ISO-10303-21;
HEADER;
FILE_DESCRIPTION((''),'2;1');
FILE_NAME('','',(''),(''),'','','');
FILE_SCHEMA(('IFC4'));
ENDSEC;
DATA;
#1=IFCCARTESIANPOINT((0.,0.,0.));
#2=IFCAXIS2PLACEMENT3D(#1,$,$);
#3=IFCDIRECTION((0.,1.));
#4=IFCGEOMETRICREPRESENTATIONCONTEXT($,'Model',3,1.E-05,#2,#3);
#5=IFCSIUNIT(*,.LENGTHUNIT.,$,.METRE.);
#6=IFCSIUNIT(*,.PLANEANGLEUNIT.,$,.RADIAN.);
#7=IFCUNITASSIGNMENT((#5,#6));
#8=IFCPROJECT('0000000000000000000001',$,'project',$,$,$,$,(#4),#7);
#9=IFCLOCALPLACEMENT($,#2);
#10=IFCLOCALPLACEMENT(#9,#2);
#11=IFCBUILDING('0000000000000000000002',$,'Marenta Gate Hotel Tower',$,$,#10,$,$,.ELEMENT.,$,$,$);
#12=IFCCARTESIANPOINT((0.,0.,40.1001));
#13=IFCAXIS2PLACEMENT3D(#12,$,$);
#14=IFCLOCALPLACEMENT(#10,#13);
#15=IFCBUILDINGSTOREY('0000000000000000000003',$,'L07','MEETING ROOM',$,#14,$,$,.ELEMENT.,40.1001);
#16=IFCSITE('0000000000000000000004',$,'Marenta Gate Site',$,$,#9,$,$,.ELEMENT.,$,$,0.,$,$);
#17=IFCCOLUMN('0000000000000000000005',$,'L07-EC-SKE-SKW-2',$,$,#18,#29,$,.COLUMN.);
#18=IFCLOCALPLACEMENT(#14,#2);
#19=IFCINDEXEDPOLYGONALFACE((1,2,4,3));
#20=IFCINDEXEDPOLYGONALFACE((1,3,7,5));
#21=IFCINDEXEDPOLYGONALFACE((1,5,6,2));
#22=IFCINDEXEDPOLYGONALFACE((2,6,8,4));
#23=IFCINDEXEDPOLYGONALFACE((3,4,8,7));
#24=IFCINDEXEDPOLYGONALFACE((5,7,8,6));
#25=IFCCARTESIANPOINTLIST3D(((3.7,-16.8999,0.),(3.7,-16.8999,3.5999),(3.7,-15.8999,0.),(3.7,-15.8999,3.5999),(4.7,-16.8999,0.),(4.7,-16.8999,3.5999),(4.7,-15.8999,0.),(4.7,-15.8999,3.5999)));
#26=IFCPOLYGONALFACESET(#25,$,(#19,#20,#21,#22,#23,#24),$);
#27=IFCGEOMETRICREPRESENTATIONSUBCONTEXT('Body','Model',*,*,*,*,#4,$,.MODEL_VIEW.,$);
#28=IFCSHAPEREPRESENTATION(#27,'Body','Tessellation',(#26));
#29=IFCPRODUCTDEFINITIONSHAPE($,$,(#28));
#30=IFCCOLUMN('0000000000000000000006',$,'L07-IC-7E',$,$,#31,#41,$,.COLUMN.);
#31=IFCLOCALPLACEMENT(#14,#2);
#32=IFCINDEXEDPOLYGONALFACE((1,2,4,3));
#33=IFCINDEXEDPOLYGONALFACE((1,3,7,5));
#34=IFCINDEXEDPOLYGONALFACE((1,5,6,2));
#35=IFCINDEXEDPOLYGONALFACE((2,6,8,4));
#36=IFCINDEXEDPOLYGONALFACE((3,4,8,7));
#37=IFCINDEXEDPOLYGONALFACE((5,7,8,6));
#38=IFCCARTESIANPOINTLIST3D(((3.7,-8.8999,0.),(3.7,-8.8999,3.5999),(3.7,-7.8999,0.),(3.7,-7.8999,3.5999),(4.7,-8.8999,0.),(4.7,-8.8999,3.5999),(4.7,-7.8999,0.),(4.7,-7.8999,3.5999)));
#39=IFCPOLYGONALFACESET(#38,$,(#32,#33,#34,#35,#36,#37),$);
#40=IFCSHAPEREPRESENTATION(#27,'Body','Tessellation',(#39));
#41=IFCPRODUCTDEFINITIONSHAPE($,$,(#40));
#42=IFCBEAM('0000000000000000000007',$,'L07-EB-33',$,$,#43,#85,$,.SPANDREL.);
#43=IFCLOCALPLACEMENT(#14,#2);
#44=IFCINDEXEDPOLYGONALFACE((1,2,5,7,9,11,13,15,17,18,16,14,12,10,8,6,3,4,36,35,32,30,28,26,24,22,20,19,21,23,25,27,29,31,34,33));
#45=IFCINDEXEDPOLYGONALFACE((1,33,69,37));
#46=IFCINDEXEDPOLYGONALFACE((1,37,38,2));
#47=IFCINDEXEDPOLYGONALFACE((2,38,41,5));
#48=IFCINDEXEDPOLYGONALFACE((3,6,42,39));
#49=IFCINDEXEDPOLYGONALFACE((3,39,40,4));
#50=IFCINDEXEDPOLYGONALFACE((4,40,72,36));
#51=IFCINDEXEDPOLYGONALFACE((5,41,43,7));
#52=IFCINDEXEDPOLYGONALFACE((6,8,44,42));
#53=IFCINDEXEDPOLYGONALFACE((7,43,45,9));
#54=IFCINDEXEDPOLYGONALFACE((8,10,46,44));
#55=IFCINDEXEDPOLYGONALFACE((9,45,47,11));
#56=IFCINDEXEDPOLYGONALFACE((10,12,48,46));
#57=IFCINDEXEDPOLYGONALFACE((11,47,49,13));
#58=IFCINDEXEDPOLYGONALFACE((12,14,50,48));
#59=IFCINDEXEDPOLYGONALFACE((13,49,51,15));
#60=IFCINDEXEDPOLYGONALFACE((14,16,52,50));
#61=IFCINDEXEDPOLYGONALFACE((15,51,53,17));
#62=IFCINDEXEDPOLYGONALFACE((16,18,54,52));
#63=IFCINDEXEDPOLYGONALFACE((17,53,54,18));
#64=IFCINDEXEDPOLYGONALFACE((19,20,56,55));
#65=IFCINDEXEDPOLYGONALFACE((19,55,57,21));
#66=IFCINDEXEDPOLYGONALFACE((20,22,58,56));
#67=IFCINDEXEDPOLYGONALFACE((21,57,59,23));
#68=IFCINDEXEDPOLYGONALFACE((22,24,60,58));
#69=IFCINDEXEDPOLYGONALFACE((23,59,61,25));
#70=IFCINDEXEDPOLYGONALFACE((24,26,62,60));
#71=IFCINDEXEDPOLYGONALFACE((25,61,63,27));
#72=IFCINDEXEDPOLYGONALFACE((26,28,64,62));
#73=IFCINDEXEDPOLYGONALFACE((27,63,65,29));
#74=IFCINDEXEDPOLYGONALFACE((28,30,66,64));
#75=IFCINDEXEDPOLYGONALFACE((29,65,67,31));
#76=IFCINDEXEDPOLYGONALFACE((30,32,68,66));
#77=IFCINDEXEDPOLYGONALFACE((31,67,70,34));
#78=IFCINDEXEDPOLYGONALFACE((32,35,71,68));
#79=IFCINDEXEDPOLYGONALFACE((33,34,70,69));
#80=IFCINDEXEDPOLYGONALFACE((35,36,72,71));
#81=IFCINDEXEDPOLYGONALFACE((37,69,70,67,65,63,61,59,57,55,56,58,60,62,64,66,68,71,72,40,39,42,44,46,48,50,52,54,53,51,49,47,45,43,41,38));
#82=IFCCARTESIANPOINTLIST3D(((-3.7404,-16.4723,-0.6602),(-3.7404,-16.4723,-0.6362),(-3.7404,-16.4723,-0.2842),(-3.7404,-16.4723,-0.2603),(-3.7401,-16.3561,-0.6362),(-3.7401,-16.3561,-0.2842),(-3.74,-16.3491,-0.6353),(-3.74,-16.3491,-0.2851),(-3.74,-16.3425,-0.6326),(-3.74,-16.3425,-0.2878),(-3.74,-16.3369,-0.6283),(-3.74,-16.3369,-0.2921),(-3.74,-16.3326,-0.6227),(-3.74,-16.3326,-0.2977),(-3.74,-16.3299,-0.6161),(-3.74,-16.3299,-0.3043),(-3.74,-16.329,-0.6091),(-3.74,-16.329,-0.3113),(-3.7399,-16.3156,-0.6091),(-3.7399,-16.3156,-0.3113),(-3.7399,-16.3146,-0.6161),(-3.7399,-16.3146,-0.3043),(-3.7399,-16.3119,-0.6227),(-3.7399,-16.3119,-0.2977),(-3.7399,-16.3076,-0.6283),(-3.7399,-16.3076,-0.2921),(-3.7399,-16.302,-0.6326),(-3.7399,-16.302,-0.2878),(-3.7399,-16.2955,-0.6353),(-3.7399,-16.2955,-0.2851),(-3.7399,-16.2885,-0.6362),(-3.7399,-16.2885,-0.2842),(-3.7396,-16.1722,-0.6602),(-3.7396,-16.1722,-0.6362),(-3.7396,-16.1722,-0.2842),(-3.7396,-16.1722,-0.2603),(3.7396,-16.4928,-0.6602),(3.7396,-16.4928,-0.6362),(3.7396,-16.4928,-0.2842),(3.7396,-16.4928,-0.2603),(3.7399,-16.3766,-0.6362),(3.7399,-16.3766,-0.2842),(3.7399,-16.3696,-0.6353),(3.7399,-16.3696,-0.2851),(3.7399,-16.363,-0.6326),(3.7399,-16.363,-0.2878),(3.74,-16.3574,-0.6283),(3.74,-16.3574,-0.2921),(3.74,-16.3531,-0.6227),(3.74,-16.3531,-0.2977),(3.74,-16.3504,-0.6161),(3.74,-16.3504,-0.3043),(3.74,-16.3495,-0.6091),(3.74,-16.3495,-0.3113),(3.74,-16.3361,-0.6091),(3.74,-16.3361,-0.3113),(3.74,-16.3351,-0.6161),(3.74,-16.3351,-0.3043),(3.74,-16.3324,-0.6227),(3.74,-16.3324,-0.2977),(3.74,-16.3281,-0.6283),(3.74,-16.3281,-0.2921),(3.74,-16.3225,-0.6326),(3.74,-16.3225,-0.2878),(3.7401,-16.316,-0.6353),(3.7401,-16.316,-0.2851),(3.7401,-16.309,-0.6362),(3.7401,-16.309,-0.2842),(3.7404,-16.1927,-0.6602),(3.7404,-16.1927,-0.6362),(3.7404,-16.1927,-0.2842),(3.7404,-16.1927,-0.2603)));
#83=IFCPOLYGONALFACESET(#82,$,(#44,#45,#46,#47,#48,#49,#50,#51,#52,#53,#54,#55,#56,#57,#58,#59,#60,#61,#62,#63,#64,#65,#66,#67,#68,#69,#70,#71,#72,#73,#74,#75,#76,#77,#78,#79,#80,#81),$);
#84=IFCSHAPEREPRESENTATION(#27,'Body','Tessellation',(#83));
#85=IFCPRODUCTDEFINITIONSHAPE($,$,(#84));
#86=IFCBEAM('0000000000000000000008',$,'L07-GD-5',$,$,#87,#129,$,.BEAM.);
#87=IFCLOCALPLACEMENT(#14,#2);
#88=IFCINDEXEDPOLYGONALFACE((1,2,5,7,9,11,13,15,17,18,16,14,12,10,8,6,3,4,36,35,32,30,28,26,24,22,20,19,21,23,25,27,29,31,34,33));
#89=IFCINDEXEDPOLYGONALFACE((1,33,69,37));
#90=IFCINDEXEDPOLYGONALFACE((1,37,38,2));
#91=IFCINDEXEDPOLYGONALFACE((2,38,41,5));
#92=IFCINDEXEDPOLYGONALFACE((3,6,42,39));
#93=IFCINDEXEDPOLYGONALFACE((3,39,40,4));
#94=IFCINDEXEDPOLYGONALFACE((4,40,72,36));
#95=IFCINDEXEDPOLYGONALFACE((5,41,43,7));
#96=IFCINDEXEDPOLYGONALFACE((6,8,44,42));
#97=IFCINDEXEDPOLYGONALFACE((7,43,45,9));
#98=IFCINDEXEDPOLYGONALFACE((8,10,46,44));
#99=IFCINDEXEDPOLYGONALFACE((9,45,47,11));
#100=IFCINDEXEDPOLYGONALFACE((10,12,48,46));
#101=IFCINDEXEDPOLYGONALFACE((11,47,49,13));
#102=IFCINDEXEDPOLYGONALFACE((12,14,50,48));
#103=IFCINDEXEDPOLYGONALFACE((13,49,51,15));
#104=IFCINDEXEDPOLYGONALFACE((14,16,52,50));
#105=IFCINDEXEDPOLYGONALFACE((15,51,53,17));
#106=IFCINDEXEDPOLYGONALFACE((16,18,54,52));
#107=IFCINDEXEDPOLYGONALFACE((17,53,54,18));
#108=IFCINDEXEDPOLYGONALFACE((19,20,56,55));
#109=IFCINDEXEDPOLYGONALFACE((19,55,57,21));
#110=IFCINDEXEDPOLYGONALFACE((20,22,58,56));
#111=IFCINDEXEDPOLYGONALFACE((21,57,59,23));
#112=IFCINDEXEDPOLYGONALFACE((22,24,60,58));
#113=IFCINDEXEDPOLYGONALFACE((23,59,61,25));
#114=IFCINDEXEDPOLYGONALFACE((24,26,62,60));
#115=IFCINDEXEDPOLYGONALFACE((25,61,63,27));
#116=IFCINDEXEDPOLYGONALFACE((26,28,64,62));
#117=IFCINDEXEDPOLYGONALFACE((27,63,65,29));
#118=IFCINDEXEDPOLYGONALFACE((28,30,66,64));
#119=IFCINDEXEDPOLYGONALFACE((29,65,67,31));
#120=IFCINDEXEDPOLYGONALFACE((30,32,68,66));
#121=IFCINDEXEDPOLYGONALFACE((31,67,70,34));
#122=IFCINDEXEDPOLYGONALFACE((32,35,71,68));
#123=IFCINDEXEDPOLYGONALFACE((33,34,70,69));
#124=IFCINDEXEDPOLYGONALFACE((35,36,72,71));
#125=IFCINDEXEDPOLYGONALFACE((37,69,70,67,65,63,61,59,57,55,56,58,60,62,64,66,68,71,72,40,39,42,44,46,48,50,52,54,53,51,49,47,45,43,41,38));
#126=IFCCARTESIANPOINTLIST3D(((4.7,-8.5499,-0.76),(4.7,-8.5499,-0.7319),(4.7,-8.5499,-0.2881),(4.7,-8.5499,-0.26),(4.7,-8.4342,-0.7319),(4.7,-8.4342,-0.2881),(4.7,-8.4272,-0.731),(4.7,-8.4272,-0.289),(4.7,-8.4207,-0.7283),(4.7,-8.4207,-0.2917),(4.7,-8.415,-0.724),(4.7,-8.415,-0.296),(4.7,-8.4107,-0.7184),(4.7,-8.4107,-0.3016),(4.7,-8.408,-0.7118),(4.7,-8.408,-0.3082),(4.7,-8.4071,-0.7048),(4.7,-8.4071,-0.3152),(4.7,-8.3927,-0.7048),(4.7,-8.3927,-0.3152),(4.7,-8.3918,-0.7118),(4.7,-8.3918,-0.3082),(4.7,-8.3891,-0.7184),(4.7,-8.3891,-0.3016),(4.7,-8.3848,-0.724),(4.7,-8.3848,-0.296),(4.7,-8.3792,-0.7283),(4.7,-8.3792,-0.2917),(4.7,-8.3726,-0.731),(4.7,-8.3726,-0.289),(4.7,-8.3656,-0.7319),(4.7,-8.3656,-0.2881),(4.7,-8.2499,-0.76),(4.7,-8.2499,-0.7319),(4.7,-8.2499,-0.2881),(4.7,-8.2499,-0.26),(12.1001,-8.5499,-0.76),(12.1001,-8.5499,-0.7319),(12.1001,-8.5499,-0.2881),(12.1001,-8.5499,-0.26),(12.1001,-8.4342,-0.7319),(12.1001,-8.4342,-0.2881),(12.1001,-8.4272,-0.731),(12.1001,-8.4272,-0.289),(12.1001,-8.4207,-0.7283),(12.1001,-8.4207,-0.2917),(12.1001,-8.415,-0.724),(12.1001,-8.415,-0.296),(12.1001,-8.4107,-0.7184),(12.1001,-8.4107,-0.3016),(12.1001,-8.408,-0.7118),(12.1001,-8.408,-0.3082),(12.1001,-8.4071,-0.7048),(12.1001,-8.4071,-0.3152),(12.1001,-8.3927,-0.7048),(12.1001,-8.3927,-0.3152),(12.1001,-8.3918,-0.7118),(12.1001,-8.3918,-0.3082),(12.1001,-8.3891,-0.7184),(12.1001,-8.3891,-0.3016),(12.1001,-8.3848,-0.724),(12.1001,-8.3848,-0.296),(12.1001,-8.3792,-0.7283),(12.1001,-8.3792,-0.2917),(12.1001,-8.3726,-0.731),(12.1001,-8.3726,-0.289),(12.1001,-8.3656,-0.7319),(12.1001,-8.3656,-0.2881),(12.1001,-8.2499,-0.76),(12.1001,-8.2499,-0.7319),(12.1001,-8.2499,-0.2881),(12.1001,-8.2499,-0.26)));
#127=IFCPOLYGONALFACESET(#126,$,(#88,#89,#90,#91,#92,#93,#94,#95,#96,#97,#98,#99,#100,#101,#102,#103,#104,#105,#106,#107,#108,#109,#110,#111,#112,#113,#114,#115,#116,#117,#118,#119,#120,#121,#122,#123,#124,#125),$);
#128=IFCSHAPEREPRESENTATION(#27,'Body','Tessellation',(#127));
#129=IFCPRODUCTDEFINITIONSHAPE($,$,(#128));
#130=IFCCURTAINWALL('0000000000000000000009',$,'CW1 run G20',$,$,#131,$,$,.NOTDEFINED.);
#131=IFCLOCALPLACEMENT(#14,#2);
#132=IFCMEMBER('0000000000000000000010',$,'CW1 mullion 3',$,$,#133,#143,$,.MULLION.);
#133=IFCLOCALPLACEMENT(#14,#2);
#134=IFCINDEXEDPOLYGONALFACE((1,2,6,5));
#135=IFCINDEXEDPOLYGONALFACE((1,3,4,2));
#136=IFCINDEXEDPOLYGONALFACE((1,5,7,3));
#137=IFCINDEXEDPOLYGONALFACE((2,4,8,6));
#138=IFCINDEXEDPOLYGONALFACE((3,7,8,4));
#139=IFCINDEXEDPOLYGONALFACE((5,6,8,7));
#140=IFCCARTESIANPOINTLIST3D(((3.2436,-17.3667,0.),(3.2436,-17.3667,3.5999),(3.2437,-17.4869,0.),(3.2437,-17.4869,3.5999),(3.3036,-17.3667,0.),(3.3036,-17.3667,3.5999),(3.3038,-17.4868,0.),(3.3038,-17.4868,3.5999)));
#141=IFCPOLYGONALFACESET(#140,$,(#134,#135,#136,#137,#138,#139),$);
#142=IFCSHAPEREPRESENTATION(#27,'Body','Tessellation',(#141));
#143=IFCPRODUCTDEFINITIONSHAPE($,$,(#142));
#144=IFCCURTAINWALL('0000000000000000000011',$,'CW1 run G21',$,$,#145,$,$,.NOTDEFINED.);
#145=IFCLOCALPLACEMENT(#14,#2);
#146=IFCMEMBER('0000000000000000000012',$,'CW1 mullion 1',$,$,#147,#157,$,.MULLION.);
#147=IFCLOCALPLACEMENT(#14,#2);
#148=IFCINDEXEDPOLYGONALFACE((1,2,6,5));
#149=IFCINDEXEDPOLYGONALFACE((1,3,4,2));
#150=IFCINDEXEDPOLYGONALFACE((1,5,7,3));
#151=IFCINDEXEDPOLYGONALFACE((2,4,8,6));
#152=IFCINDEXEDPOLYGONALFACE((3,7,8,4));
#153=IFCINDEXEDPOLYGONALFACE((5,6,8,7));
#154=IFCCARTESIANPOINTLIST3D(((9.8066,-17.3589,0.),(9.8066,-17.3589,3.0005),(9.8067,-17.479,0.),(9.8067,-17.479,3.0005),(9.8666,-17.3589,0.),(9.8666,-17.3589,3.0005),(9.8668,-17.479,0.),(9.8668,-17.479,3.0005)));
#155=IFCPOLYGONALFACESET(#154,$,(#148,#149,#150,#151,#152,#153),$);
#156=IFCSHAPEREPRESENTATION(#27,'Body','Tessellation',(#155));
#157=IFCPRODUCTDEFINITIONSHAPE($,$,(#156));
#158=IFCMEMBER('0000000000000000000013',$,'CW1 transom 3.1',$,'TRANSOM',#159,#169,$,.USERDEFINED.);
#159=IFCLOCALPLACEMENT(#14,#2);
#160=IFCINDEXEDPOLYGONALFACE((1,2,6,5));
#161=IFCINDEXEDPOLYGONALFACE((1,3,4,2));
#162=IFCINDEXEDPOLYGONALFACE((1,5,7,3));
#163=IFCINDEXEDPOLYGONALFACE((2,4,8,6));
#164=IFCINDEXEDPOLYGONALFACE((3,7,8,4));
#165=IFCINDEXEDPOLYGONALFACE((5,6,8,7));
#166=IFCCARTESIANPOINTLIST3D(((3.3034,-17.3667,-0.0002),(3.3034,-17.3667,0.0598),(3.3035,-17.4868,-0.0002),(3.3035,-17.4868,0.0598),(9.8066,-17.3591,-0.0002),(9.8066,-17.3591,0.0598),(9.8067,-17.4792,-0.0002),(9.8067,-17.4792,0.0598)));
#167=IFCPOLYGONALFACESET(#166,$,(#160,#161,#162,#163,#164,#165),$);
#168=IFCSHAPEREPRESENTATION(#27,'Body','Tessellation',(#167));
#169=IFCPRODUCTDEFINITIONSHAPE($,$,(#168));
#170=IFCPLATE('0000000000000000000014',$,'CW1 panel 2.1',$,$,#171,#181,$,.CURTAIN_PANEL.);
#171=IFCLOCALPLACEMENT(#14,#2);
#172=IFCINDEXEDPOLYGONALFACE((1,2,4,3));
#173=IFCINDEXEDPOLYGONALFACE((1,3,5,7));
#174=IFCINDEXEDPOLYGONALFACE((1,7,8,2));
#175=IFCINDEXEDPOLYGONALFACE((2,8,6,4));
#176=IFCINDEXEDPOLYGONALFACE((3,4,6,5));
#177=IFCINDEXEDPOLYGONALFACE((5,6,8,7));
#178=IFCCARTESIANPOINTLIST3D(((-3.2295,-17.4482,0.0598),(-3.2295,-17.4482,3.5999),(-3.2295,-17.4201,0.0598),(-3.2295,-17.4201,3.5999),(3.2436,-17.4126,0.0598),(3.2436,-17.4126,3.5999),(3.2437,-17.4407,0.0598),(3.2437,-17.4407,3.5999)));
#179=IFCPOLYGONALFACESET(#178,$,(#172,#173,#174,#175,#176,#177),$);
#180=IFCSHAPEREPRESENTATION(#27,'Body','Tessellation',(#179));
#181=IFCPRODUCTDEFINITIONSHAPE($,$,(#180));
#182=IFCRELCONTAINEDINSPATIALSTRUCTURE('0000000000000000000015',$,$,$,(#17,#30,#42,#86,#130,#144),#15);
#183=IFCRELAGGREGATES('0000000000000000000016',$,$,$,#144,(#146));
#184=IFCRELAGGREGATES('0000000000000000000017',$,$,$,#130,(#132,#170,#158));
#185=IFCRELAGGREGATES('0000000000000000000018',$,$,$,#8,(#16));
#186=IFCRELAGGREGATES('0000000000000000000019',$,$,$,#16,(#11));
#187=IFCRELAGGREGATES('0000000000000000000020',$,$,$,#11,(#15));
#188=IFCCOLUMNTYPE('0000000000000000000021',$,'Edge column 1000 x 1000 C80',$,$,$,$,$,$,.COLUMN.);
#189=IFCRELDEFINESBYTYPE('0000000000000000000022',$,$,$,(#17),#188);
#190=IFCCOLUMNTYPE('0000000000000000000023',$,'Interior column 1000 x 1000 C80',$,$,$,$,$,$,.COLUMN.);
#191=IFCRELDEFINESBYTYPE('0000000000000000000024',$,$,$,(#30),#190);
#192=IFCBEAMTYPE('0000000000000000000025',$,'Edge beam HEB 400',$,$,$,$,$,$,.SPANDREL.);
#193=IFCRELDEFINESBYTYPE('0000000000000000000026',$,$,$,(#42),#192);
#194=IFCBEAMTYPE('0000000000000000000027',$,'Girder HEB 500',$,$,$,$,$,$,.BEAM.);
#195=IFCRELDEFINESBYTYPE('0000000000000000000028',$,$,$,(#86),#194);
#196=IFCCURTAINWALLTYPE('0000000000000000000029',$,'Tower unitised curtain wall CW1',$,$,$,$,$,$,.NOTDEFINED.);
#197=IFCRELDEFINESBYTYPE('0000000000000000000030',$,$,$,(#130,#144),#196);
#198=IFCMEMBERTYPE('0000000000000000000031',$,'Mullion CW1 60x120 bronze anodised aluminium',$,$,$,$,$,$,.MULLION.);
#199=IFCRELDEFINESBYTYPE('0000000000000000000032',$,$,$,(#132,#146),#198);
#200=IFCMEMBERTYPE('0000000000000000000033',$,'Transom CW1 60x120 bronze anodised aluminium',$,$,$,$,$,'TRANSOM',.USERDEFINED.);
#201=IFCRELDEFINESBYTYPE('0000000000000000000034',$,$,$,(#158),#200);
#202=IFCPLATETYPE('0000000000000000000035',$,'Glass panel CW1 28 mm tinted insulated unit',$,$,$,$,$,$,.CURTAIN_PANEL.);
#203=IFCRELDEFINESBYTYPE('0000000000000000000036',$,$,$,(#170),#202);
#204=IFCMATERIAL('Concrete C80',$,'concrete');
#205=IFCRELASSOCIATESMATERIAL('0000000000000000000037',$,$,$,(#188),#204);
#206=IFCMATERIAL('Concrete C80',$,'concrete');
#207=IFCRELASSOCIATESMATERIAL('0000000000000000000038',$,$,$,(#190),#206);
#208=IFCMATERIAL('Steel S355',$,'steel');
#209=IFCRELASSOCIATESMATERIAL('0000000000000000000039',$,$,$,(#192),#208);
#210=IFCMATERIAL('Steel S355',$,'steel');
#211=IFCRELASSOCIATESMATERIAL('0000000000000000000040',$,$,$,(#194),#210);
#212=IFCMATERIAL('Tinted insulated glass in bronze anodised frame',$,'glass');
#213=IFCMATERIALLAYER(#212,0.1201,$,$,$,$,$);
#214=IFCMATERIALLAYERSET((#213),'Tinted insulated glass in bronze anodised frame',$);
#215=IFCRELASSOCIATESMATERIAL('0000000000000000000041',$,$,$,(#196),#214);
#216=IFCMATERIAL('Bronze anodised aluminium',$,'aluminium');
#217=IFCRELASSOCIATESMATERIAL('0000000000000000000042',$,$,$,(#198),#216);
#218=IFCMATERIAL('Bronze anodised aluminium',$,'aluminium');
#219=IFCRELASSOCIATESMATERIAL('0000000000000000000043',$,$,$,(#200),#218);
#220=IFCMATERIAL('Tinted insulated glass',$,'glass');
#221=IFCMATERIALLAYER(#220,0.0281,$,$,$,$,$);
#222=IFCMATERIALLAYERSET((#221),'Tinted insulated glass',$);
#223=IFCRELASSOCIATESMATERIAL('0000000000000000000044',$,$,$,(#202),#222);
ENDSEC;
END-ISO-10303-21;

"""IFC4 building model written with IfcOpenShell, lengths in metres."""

from ifc_helpers import new_model, si_unit, direction, frame, origin, origin_2d, place, context, subcontext, project, spatial, rectangle, i_section, extrude, material, layer, layer_set, material_profile, profile_set, type_object, element, aggregate, save


model = new_model("IFC4")

# Units and contexts
model_context = context("Model", 3, precision=1e-05, world=origin(), true_north=direction((0.0, 1.0)))
body_context = subcontext(model_context, "Body", "Model", "MODEL_VIEW")
ifc_project = project(units=[si_unit("LENGTHUNIT", "METRE"), si_unit("PLANEANGLEUNIT", "RADIAN")], contexts=[model_context])

# Site, building, storey
site_placement = place(None, origin())
site = spatial("IfcSite", under=ifc_project, at=site_placement, Name="Marenta Gate Site", CompositionType="ELEMENT", RefElevation=0.0)
building_placement = place(site_placement, origin())
building = spatial("IfcBuilding", under=site, at=building_placement, Name="Marenta Gate Hotel Tower", CompositionType="ELEMENT")
storey_placement = place(building_placement, frame((0.0, 0.0, 40.1001)))
storey = spatial("IfcBuildingStorey", under=building, at=storey_placement, Name="L07", Description="MEETING ROOM", CompositionType="ELEMENT", Elevation=40.1001)

# Columns
ifc_material_1 = material(Name="Concrete C80", Category="concrete")
ifc_material_profile_1 = material_profile(ifc_material_1, rectangle(XDim=1.0, YDim=1.0, at=origin_2d()), Name="1000 x 1000")
ifc_profile_set_1 = profile_set([ifc_material_profile_1], Name="Concrete C80")
column_type_1 = type_object("IfcColumnType", Name="Edge column 1000 x 1000 C80", PredefinedType="COLUMN", material=ifc_profile_set_1)
column_1_placement = place(storey_placement, frame((4.2, -16.3999, 0.0), z_axis=(0.0, 0.0, 1.0), x_axis=(1.0, 0.0, 0.0)))
element("IfcColumn", 1, at=column_1_placement, inside=storey, type_object=column_type_1, Name="L07-EC-SKE-SKW-2", PredefinedType="COLUMN", context=body_context, shape_type="SweptSolid", body=[
    extrude(rectangle(XDim=1.0, YDim=1.0, at=origin_2d()), origin(), (0.0, 0.0, 1.0), 3.5999),
])
ifc_material_2 = material(Name="Concrete C80", Category="concrete")
ifc_material_profile_2 = material_profile(ifc_material_2, rectangle(XDim=1.0, YDim=1.0, at=origin_2d()), Name="1000 x 1000")
ifc_profile_set_2 = profile_set([ifc_material_profile_2], Name="Concrete C80")
column_type_2 = type_object("IfcColumnType", Name="Interior column 1000 x 1000 C80", PredefinedType="COLUMN", material=ifc_profile_set_2)
column_2_placement = place(storey_placement, frame((4.2, -8.3999, 0.0), z_axis=(0.0, 0.0, 1.0), x_axis=(1.0, 0.0, 0.0)))
element("IfcColumn", 2, at=column_2_placement, inside=storey, type_object=column_type_2, Name="L07-IC-7E", PredefinedType="COLUMN", context=body_context, shape_type="SweptSolid", body=[
    extrude(rectangle(XDim=1.0, YDim=1.0, at=origin_2d()), origin(), (0.0, 0.0, 1.0), 3.5999),
])

# Beams
ifc_material_3 = material(Name="Steel S355", Category="steel")
ifc_material_profile_3 = material_profile(ifc_material_3, i_section(OverallWidth=0.3, OverallDepth=0.3999, WebThickness=0.0134, FlangeThickness=0.0239, FilletRadius=0.0271, at=origin_2d()), Name="HEB 400")
ifc_profile_set_3 = profile_set([ifc_material_profile_3], Name="Steel S355")
beam_type_1 = type_object("IfcBeamType", Name="Edge beam HEB 400", PredefinedType="SPANDREL", material=ifc_profile_set_3)
beam_1_placement = place(storey_placement, frame((3.74, -16.3428, -0.4602), z_axis=(-0.999996, 0.002742, 0.0), x_axis=(-0.002742, -0.999996, 0.0)))
element("IfcBeam", 3, at=beam_1_placement, inside=storey, type_object=beam_type_1, Name="L07-EB-33", PredefinedType="SPANDREL", context=body_context, shape_type="SweptSolid", body=[
    extrude(i_section(OverallWidth=0.3, OverallDepth=0.3999, WebThickness=0.0134, FlangeThickness=0.0239, FilletRadius=0.0271, at=origin_2d()), origin(), (0.0, 0.0, 1.0), 7.48),
])
ifc_material_4 = material(Name="Steel S355", Category="steel")
ifc_material_profile_4 = material_profile(ifc_material_4, i_section(OverallWidth=0.3, OverallDepth=0.5, WebThickness=0.0144, FlangeThickness=0.0281, FilletRadius=0.0271, at=origin_2d()), Name="HEB 500")
ifc_profile_set_4 = profile_set([ifc_material_profile_4], Name="Steel S355")
beam_type_2 = type_object("IfcBeamType", Name="Girder HEB 500", PredefinedType="BEAM", material=ifc_profile_set_4)
beam_2_placement = place(storey_placement, frame((4.7, -8.3999, -0.51), z_axis=(1.0, 0.0, 0.0), x_axis=(0.0, 1.0, 0.0)))
element("IfcBeam", 4, at=beam_2_placement, inside=storey, type_object=beam_type_2, Name="L07-GD-5", PredefinedType="BEAM", context=body_context, shape_type="SweptSolid", body=[
    extrude(i_section(OverallWidth=0.3, OverallDepth=0.5, WebThickness=0.0144, FlangeThickness=0.0281, FilletRadius=0.0271, at=origin_2d()), origin(), (0.0, 0.0, 1.0), 7.4001),
])

# Curtain walls, members
ifc_material_5 = material(Name="Tinted insulated glass in bronze anodised frame", Category="glass")
ifc_layer_1 = layer(ifc_material_5, 0.1201)
ifc_layer_set_1 = layer_set([ifc_layer_1], Name="Tinted insulated glass in bronze anodised frame")
curtain_wall_type = type_object("IfcCurtainWallType", Name="Tower unitised curtain wall CW1", PredefinedType="NOTDEFINED", material=ifc_layer_set_1)
curtain_wall_1_placement = place(storey_placement, origin())
curtain_wall_1 = element("IfcCurtainWall", 5, at=curtain_wall_1_placement, inside=storey, type_object=curtain_wall_type, Name="CW1 run G20", PredefinedType="NOTDEFINED")
ifc_material_6 = material(Name="Bronze anodised aluminium", Category="aluminium")
ifc_material_profile_5 = material_profile(ifc_material_6, rectangle(XDim=0.1201, YDim=0.0601, at=origin_2d()), Name="Mullion CW1 60x120 bronze anodised aluminium")
ifc_profile_set_5 = profile_set([ifc_material_profile_5], Name="Bronze anodised aluminium")
member_type_1 = type_object("IfcMemberType", Name="Mullion CW1 60x120 bronze anodised aluminium", PredefinedType="MULLION", material=ifc_profile_set_5)
member_1_placement = place(storey_placement, frame((3.2737, -17.4268, 0.0), z_axis=(0.0, 0.0, 1.0), x_axis=(-0.001163, 0.999999, 0.0)))
member_1 = element("IfcMember", 6, at=member_1_placement, type_object=member_type_1, Name="CW1 mullion 3", PredefinedType="MULLION", context=body_context, shape_type="SweptSolid", body=[
    extrude(rectangle(XDim=0.1201, YDim=0.0601, at=origin_2d()), origin(), (0.0, 0.0, 1.0), 3.5999),
])
curtain_wall_2_placement = place(storey_placement, origin())
curtain_wall_2 = element("IfcCurtainWall", 7, at=curtain_wall_2_placement, inside=storey, type_object=curtain_wall_type, Name="CW1 run G21", PredefinedType="NOTDEFINED")
member_2_placement = place(storey_placement, frame((9.8367, -17.4189, 0.0), z_axis=(0.0, 0.0, 1.0), x_axis=(-0.001104, 0.999999, 0.0)))
member_2 = element("IfcMember", 8, at=member_2_placement, type_object=member_type_1, Name="CW1 mullion 1", PredefinedType="MULLION", context=body_context, shape_type="SweptSolid", body=[
    extrude(rectangle(XDim=0.1201, YDim=0.0601, at=origin_2d()), origin(), (0.0, 0.0, 1.0), 3.0005),
])
aggregate(curtain_wall_2, [member_2])

# Member
ifc_material_7 = material(Name="Bronze anodised aluminium", Category="aluminium")
ifc_material_profile_6 = material_profile(ifc_material_7, rectangle(XDim=0.1201, YDim=0.0601, at=origin_2d()), Name="Transom CW1 60x120 bronze anodised aluminium")
ifc_profile_set_6 = profile_set([ifc_material_profile_6], Name="Bronze anodised aluminium")
member_type_2 = type_object("IfcMemberType", Name="Transom CW1 60x120 bronze anodised aluminium", ElementType="TRANSOM", PredefinedType="USERDEFINED", material=ifc_profile_set_6)
member_3_placement = place(storey_placement, frame((3.3035, -17.4268, 0.0298), z_axis=(0.999999, 0.001164, 0.0), x_axis=(-0.001164, 0.999999, 0.0)))
member_3 = element("IfcMember", 9, at=member_3_placement, type_object=member_type_2, Name="CW1 transom 3.1", ObjectType="TRANSOM", PredefinedType="USERDEFINED", context=body_context, shape_type="SweptSolid", body=[
    extrude(rectangle(XDim=0.1201, YDim=0.0601, at=origin_2d()), origin(), (0.0, 0.0, 1.0), 6.5032),
])

# Plate
ifc_material_8 = material(Name="Tinted insulated glass", Category="glass")
ifc_layer_2 = layer(ifc_material_8, 0.0281)
ifc_layer_set_2 = layer_set([ifc_layer_2], Name="Tinted insulated glass")
plate_type = type_object("IfcPlateType", Name="Glass panel CW1 28 mm tinted insulated unit", PredefinedType="CURTAIN_PANEL", material=ifc_layer_set_2)
plate_1_placement = place(storey_placement, frame((0.0071, -17.4304, 0.0598), z_axis=(0.0, 0.0, 1.0), x_axis=(0.999999, 0.001163, 0.0)))
plate_1 = element("IfcPlate", 10, at=plate_1_placement, type_object=plate_type, Name="CW1 panel 2.1", PredefinedType="CURTAIN_PANEL", context=body_context, shape_type="SweptSolid", body=[
    extrude(rectangle(XDim=6.4731, YDim=0.0281, at=origin_2d()), origin(), (0.0, 0.0, 1.0), 3.54),
])
aggregate(curtain_wall_1, [member_1, plate_1, member_3])

save(model, "model.ifc")
